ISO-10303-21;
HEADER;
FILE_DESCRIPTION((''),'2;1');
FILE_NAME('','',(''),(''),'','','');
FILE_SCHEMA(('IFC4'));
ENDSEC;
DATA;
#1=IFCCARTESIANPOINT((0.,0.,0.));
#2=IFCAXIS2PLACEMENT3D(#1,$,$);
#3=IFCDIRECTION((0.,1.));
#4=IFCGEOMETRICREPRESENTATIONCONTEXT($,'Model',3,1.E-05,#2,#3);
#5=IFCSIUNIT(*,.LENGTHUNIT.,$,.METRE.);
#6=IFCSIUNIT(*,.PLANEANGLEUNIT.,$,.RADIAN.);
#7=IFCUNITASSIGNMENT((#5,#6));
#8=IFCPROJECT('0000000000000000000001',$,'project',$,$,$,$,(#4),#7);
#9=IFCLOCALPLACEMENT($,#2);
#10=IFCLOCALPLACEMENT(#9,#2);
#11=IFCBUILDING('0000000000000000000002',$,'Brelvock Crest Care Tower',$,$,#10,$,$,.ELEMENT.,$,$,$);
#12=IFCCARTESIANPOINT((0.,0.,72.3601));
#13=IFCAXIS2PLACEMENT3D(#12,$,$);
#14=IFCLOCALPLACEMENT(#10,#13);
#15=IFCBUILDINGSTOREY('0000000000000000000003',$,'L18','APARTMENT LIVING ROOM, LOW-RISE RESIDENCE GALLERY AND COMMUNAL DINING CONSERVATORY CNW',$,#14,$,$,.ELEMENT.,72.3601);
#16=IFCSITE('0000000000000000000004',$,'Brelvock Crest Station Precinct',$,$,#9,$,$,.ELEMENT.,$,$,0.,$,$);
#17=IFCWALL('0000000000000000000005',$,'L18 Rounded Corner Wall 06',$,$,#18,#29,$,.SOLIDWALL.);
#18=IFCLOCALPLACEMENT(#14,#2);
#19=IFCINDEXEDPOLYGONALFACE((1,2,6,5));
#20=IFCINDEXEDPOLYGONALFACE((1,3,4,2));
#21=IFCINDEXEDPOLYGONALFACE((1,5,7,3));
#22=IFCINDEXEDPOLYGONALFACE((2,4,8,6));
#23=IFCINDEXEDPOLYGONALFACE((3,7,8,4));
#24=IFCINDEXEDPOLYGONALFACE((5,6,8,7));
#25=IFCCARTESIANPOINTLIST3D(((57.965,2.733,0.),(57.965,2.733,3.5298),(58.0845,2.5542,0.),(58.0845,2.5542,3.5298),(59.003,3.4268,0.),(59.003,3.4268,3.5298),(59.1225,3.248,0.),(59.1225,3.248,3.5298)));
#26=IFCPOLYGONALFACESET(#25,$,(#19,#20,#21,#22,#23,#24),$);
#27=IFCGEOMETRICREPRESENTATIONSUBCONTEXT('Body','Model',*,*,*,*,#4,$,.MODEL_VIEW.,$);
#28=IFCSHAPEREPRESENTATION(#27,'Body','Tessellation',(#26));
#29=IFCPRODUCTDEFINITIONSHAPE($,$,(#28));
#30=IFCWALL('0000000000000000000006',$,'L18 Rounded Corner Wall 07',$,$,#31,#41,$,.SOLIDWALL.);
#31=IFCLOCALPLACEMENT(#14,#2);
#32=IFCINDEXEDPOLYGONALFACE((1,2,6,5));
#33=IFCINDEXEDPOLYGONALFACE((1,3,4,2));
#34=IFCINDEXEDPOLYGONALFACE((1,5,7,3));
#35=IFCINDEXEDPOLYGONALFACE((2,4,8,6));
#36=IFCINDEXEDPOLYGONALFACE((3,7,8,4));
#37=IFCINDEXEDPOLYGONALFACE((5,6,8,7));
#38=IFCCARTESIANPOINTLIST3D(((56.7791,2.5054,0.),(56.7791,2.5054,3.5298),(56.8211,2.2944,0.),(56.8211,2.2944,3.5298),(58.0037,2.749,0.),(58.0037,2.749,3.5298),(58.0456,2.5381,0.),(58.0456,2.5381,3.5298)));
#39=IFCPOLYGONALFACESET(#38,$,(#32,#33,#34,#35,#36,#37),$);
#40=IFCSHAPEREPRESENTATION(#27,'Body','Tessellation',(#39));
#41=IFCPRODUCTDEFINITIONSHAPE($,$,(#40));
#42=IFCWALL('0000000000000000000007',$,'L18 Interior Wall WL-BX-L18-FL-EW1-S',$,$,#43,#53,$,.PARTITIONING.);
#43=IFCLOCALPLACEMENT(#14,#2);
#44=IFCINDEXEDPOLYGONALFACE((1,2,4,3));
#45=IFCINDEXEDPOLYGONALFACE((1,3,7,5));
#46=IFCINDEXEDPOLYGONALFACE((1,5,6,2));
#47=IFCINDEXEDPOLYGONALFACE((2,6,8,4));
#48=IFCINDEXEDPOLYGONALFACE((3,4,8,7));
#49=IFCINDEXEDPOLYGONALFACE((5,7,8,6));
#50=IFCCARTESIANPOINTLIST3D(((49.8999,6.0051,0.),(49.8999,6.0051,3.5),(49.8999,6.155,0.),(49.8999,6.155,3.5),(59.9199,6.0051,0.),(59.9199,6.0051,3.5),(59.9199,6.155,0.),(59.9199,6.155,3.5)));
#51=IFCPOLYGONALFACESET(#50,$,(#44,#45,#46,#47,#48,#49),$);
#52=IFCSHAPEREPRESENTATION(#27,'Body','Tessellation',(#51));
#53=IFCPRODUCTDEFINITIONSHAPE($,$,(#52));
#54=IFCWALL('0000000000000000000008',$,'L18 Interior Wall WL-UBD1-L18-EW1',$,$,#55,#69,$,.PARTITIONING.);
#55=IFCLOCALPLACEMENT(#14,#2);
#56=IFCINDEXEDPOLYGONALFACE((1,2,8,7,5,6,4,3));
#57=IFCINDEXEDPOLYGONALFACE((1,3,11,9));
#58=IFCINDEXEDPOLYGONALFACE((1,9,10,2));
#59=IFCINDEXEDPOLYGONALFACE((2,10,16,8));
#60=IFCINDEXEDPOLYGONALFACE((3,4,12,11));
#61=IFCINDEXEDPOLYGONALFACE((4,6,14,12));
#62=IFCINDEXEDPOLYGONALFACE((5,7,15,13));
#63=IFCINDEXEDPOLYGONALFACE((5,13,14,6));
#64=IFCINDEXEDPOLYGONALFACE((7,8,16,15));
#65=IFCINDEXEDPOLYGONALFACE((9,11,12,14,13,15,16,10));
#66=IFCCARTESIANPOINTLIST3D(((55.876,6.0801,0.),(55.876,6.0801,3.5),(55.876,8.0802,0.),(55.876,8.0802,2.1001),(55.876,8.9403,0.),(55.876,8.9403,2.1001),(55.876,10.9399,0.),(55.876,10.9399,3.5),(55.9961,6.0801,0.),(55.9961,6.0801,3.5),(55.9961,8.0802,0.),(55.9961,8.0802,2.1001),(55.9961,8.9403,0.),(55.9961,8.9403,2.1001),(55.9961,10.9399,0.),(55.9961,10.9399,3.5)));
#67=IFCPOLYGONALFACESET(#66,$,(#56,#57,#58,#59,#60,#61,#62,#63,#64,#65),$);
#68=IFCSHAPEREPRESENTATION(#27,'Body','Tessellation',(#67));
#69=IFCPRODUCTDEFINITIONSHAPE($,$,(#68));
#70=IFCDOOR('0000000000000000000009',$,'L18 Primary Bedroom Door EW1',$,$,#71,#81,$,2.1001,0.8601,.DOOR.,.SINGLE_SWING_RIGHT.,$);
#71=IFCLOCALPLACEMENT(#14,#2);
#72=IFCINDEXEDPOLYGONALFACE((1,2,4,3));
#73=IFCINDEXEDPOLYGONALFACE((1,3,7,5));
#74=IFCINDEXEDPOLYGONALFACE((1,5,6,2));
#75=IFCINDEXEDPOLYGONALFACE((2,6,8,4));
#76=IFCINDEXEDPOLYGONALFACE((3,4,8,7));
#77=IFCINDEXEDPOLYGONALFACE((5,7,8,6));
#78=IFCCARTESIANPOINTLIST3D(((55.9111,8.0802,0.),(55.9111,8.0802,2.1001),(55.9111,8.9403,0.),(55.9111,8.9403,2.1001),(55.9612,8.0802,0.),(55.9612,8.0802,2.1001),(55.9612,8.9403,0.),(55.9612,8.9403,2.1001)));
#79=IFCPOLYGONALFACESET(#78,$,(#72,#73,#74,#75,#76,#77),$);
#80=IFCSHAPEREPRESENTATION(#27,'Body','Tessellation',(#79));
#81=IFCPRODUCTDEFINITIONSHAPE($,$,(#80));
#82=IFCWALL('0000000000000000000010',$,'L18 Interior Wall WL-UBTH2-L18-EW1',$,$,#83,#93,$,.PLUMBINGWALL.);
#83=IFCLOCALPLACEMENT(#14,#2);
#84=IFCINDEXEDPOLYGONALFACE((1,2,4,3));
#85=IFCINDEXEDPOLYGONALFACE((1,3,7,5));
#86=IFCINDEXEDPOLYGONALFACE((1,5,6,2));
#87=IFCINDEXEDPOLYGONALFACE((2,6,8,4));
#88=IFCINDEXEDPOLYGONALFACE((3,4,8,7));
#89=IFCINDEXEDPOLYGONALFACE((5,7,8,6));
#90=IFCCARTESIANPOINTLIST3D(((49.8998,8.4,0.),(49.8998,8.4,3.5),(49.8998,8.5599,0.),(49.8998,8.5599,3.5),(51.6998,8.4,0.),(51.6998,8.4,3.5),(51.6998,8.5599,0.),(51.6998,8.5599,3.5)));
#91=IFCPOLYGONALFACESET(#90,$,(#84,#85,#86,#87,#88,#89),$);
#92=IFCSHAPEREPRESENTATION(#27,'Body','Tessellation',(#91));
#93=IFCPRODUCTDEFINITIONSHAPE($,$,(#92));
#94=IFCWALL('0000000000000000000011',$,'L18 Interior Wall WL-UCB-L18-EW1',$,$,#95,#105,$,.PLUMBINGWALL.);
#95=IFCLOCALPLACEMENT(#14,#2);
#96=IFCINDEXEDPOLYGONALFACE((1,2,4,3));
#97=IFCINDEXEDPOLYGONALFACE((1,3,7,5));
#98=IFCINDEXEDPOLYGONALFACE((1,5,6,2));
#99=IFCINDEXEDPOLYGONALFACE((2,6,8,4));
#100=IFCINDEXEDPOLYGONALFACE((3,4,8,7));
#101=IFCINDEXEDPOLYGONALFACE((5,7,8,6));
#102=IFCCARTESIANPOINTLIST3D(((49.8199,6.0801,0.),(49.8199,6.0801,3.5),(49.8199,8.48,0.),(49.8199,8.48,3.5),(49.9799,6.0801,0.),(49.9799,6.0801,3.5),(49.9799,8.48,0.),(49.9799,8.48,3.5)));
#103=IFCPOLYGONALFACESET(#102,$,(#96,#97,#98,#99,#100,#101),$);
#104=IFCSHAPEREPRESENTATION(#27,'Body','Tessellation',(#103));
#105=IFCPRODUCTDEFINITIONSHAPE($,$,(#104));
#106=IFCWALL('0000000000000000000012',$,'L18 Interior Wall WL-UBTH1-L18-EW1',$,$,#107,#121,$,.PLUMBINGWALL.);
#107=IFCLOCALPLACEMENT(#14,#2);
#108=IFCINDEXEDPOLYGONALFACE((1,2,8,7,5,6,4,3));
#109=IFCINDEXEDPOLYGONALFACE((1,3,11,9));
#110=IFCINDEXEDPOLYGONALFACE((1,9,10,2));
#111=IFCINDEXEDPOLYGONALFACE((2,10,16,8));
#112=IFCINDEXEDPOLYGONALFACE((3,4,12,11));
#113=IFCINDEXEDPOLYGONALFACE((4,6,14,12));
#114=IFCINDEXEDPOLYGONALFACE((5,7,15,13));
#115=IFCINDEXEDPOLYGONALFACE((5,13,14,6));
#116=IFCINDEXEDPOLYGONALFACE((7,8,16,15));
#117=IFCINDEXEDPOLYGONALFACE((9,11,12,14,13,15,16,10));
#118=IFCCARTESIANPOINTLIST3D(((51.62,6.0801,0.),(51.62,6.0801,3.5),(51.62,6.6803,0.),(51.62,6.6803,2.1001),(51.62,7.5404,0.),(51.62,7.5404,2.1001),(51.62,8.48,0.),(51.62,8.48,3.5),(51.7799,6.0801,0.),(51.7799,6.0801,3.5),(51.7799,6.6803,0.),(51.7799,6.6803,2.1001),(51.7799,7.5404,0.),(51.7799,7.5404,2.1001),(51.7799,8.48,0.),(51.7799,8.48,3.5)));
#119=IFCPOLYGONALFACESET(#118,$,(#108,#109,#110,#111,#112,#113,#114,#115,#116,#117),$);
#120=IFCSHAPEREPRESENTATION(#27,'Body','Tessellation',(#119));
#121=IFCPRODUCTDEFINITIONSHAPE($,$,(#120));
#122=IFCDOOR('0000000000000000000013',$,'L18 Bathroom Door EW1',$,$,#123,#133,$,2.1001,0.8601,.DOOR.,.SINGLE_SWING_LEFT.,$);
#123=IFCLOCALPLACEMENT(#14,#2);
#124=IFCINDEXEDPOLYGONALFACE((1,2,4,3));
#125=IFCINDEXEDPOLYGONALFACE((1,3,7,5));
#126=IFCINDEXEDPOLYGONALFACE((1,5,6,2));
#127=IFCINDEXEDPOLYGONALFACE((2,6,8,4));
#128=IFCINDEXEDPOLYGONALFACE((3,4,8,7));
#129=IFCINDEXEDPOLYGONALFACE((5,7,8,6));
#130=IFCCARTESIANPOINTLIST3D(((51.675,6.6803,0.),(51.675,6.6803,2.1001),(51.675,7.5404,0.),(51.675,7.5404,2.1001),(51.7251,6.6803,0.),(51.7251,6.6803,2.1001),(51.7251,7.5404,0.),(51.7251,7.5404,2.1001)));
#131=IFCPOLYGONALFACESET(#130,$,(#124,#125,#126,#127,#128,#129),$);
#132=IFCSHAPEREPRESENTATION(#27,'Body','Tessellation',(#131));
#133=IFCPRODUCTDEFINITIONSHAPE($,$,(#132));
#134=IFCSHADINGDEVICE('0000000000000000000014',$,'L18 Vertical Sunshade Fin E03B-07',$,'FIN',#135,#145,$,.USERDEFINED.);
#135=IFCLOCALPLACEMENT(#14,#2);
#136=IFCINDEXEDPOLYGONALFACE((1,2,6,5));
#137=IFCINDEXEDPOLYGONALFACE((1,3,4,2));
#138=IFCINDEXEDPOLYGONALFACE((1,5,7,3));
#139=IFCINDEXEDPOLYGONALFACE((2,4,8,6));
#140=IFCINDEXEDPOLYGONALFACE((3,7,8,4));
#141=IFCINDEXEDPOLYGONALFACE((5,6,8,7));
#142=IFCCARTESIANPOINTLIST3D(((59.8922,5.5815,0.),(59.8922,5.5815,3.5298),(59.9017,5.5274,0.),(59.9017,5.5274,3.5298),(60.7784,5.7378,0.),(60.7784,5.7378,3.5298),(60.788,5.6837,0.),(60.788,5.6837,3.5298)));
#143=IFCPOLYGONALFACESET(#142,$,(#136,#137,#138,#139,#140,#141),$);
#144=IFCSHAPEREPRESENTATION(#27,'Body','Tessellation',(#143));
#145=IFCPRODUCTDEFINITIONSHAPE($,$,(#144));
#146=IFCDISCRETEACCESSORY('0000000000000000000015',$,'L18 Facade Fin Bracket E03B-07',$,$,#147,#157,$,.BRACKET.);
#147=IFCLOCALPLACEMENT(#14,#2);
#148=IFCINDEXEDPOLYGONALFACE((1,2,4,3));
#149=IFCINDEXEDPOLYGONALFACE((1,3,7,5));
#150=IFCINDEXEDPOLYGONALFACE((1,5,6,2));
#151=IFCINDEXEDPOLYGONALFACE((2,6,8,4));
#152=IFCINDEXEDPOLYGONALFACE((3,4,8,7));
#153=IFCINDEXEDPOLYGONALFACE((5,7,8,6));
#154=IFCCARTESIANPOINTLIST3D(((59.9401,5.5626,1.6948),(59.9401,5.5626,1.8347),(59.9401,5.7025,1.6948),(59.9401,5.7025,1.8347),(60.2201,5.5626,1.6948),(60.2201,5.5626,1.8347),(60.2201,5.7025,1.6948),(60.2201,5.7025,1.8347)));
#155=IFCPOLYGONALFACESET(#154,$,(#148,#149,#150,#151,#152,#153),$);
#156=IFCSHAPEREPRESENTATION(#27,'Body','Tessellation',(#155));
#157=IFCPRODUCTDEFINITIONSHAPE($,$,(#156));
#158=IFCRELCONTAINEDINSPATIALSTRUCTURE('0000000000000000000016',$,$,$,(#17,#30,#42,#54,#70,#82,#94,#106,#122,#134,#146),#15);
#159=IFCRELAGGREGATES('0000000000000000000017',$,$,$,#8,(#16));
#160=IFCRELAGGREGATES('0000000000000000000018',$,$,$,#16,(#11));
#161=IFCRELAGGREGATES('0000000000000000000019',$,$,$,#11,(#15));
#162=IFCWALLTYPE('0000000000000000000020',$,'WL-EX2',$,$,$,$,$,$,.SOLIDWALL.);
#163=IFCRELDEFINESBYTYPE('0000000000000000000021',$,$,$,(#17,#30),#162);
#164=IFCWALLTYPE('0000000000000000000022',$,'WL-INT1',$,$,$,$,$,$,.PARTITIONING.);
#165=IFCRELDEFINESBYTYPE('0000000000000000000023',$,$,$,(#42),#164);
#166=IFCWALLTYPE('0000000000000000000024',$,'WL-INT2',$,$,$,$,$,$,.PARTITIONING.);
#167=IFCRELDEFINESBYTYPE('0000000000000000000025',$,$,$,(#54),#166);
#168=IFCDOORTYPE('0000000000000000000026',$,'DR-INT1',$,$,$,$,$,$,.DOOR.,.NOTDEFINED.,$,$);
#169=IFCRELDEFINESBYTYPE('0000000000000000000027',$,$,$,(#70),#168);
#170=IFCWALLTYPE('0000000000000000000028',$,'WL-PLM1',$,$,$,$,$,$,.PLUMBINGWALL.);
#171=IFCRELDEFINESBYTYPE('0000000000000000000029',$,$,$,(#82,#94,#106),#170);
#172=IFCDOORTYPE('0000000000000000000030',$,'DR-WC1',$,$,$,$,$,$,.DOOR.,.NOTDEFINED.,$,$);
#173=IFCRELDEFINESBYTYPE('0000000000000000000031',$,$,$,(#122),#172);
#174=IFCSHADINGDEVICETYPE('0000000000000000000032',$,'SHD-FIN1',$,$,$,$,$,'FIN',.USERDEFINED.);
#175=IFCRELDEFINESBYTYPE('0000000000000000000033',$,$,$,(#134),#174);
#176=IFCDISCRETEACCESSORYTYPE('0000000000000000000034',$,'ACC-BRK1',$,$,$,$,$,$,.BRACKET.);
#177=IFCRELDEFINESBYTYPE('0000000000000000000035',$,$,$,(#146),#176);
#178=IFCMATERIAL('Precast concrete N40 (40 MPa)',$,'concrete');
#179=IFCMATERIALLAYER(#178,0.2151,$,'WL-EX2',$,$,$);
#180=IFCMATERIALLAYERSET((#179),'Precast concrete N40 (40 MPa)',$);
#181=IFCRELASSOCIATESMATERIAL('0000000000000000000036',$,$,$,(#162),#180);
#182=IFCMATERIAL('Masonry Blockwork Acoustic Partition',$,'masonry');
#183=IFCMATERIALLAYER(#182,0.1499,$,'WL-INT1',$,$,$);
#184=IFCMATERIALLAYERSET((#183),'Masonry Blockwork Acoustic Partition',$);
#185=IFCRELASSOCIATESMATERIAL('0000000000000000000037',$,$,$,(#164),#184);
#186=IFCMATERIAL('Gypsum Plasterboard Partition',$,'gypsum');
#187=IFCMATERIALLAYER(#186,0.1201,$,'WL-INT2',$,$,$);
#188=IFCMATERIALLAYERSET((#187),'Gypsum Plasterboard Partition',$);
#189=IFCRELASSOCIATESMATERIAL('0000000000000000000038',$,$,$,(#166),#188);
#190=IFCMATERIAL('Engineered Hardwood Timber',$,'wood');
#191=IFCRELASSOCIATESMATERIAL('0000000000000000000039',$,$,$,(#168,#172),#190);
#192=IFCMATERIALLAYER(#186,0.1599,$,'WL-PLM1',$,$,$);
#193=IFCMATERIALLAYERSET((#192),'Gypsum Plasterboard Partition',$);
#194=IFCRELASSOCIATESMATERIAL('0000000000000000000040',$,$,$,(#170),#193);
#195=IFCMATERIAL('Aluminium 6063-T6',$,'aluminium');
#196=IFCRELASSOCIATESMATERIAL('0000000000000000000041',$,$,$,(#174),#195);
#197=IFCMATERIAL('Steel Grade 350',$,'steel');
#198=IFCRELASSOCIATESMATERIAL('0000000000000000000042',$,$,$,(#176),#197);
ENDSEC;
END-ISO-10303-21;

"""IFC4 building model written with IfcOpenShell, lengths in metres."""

from ifc_helpers import new_model, si_unit, direction, frame, frame_2d, origin, origin_2d, place, context, subcontext, project, spatial, rectangle, extrude, source, transform, mapped, material, layer, layer_set, material_profile, profile_set, type_object, element, fill, save


model = new_model("IFC4")

# Units and contexts
model_context = context("Model", 3, precision=1e-05, world=origin(), true_north=direction((0.0, 1.0)))
body_context = subcontext(model_context, "Body", "Model", "MODEL_VIEW")
ifc_project = project(units=[si_unit("LENGTHUNIT", "METRE"), si_unit("PLANEANGLEUNIT", "RADIAN")], contexts=[model_context])

# Site, building, storey
site_placement = place(None, origin())
site = spatial("IfcSite", under=ifc_project, at=site_placement, Name="Brelvock Crest Station Precinct", CompositionType="ELEMENT", RefElevation=0.0)
building_placement = place(site_placement, origin())
building = spatial("IfcBuilding", under=site, at=building_placement, Name="Brelvock Crest Care Tower", CompositionType="ELEMENT")
storey_placement = place(building_placement, frame((0.0, 0.0, 72.3601)))
storey = spatial("IfcBuildingStorey", under=building, at=storey_placement, Name="L18", Description="APARTMENT LIVING ROOM, LOW-RISE RESIDENCE GALLERY AND COMMUNAL DINING CONSERVATORY CNW", CompositionType="ELEMENT", Elevation=72.3601)

# Shared definitions
ifc_material_1 = material(Name="Steel Grade 350", Category="steel")

# Shared definitions
ifc_material_2 = material(Name="Aluminium 6063-T6", Category="aluminium")

# Walls
ifc_material_3 = material(Name="Precast concrete N40 (40 MPa)", Category="concrete")
ifc_layer_1 = layer(ifc_material_3, 0.2151, Name="WL-EX2")
ifc_layer_set_1 = layer_set([ifc_layer_1], Name="Precast concrete N40 (40 MPa)")
wall_type_1 = type_object("IfcWallType", Name="WL-EX2", PredefinedType="SOLIDWALL", material=ifc_layer_set_1)
for number, where, z_axis, x_axis, name in (
    (1, (59.0627, 3.3374, 0.0), (0.0, 0.0, 1.0), (-0.831388, -0.555692, 0.0), "L18 Rounded Corner Wall 06"),
    (2, (58.0247, 2.6436, 0.0), (0.0, 0.0, 1.0), (-0.980776, -0.195138, 0.0), "L18 Rounded Corner Wall 07"),
):
    element("IfcWall", number, at=place(storey_placement, frame(where, z_axis=z_axis, x_axis=x_axis)), inside=storey, type_object=wall_type_1, Name=name, PredefinedType="SOLIDWALL", context=body_context, shape_type="SweptSolid", body=[
        extrude(rectangle(XDim=1.2485, YDim=0.2151, at=frame_2d((0.6243, 0.0))), origin(), (0.0, 0.0, 1.0), 3.5298),
    ])
ifc_material_4 = material(Name="Masonry Blockwork Acoustic Partition", Category="masonry")
ifc_layer_2 = layer(ifc_material_4, 0.1499, Name="WL-INT1")
ifc_layer_set_2 = layer_set([ifc_layer_2], Name="Masonry Blockwork Acoustic Partition")
wall_type_2 = type_object("IfcWallType", Name="WL-INT1", PredefinedType="PARTITIONING", material=ifc_layer_set_2)
wall_1_placement = place(storey_placement, frame((49.8999, 6.0801, 0.0), z_axis=(0.0, 0.0, 1.0), x_axis=(1.0, 0.0, 0.0)))
element("IfcWall", 3, at=wall_1_placement, inside=storey, type_object=wall_type_2, Name="L18 Interior Wall WL-BX-L18-FL-EW1-S", PredefinedType="PARTITIONING", context=body_context, shape_type="SweptSolid", body=[
    extrude(rectangle(XDim=10.02, YDim=0.1499, at=frame_2d((5.01, 0.0))), origin(), (0.0, 0.0, 1.0), 3.5),
])

# Wall, opening, door
ifc_material_5 = material(Name="Gypsum Plasterboard Partition", Category="gypsum")
ifc_layer_3 = layer(ifc_material_5, 0.1201, Name="WL-INT2")
ifc_layer_set_3 = layer_set([ifc_layer_3], Name="Gypsum Plasterboard Partition")
wall_type_3 = type_object("IfcWallType", Name="WL-INT2", PredefinedType="PARTITIONING", material=ifc_layer_set_3)
wall_2_placement = place(storey_placement, frame((55.936, 6.0801, 0.0), z_axis=(0.0, 0.0, 1.0), x_axis=(0.0, 1.0, 0.0)))
wall_2 = element("IfcWall", 4, at=wall_2_placement, inside=storey, type_object=wall_type_3, Name="L18 Interior Wall WL-UBD1-L18-EW1", PredefinedType="PARTITIONING", context=body_context, shape_type="SweptSolid", body=[
    extrude(rectangle(XDim=4.8599, YDim=0.1201, at=frame_2d((2.4299, 0.0))), origin(), (0.0, 0.0, 1.0), 3.5),
])
opening_1_placement = place(wall_2_placement, frame((2.0, 0.0, 0.0)))
opening_1 = element("IfcOpeningElement", 5, at=opening_1_placement, cuts=wall_2, PredefinedType="OPENING", context=body_context, shape_type="SweptSolid", body=[
    extrude(rectangle(XDim=0.8601, YDim=2.1001, at=origin_2d()), frame((0.4302, 0.0701, 1.05), z_axis=(0.0, -1.0, 0.0), x_axis=(1.0, 0.0, 0.0)), (0.0, 0.0, 1.0), 0.1401),
])
ifc_material_6 = material(Name="Engineered Hardwood Timber", Category="wood")
door_type_1 = type_object("IfcDoorType", Name="DR-INT1", OperationType="NOTDEFINED", PredefinedType="DOOR", material=ifc_material_6)
shared_shape_1 = source(origin(), body_context, "Body", "SweptSolid", [
    extrude(rectangle(XDim=0.8601, YDim=2.1001, at=origin_2d()), frame((0.4302, 0.0249, 1.05), z_axis=(0.0, -1.0, 0.0), x_axis=(1.0, 0.0, 0.0)), (0.0, 0.0, 1.0), 0.05),
])
door_1_placement = place(opening_1_placement, origin())
door_1 = element("IfcDoor", 6, at=door_1_placement, inside=storey, type_object=door_type_1, Name="L18 Primary Bedroom Door EW1", OperationType="SINGLE_SWING_RIGHT", OverallHeight=2.1001, OverallWidth=0.8601, PredefinedType="DOOR", context=body_context, shape_type="MappedRepresentation", body=[
    mapped(shared_shape_1, transform((0.0, 0.0, 0.0), x_axis=(1.0, 0.0, 0.0), y_axis=(0.0, 1.0, 0.0), z_axis=(0.0, 0.0, 1.0), scale=1.0)),
])
fill(opening_1, door_1)

# Walls
ifc_layer_4 = layer(ifc_material_5, 0.1599, Name="WL-PLM1")
ifc_layer_set_4 = layer_set([ifc_layer_4], Name="Gypsum Plasterboard Partition")
wall_type_4 = type_object("IfcWallType", Name="WL-PLM1", PredefinedType="PLUMBINGWALL", material=ifc_layer_set_4)
wall_3_placement = place(storey_placement, frame((49.8999, 8.48, 0.0), z_axis=(0.0, 0.0, 1.0), x_axis=(1.0, 0.0, 0.0)))
element("IfcWall", 7, at=wall_3_placement, inside=storey, type_object=wall_type_4, Name="L18 Interior Wall WL-UBTH2-L18-EW1", PredefinedType="PLUMBINGWALL", context=body_context, shape_type="SweptSolid", body=[
    extrude(rectangle(XDim=1.8, YDim=0.1599, at=frame_2d((0.8999, 0.0))), origin(), (0.0, 0.0, 1.0), 3.5),
])
wall_4_placement = place(storey_placement, frame((49.8999, 6.0801, 0.0), z_axis=(0.0, 0.0, 1.0), x_axis=(0.0, 1.0, 0.0)))
element("IfcWall", 8, at=wall_4_placement, inside=storey, type_object=wall_type_4, Name="L18 Interior Wall WL-UCB-L18-EW1", PredefinedType="PLUMBINGWALL", context=body_context, shape_type="SweptSolid", body=[
    extrude(rectangle(XDim=2.3999, YDim=0.1599, at=frame_2d((1.2, 0.0))), origin(), (0.0, 0.0, 1.0), 3.5),
])

# Wall, opening, door
wall_5_placement = place(storey_placement, frame((51.7, 6.0801, 0.0), z_axis=(0.0, 0.0, 1.0), x_axis=(0.0, 1.0, 0.0)))
wall_5 = element("IfcWall", 9, at=wall_5_placement, inside=storey, type_object=wall_type_4, Name="L18 Interior Wall WL-UBTH1-L18-EW1", PredefinedType="PLUMBINGWALL", context=body_context, shape_type="SweptSolid", body=[
    extrude(rectangle(XDim=2.3999, YDim=0.1599, at=frame_2d((1.2, 0.0))), origin(), (0.0, 0.0, 1.0), 3.5),
])
opening_2_placement = place(wall_5_placement, frame((0.6001, 0.0, 0.0)))
opening_2 = element("IfcOpeningElement", 10, at=opening_2_placement, cuts=wall_5, PredefinedType="OPENING", context=body_context, shape_type="SweptSolid", body=[
    extrude(rectangle(XDim=0.8601, YDim=2.1001, at=origin_2d()), frame((0.4302, 0.0898, 1.05), z_axis=(0.0, -1.0, 0.0), x_axis=(1.0, 0.0, 0.0)), (0.0, 0.0, 1.0), 0.1799),
])
door_type_2 = type_object("IfcDoorType", Name="DR-WC1", OperationType="NOTDEFINED", PredefinedType="DOOR", material=ifc_material_6)
shared_shape_2 = source(origin(), body_context, "Body", "SweptSolid", [
    extrude(rectangle(XDim=0.8601, YDim=2.1001, at=origin_2d()), frame((0.4302, 0.0249, 1.05), z_axis=(0.0, -1.0, 0.0), x_axis=(1.0, 0.0, 0.0)), (0.0, 0.0, 1.0), 0.05),
])
door_2_placement = place(opening_2_placement, origin())
door_2 = element("IfcDoor", 11, at=door_2_placement, inside=storey, type_object=door_type_2, Name="L18 Bathroom Door EW1", OperationType="SINGLE_SWING_LEFT", OverallHeight=2.1001, OverallWidth=0.8601, PredefinedType="DOOR", context=body_context, shape_type="MappedRepresentation", body=[
    mapped(shared_shape_2, transform((0.0, 0.0, 0.0), x_axis=(1.0, 0.0, 0.0), y_axis=(0.0, 1.0, 0.0), z_axis=(0.0, 0.0, 1.0), scale=1.0)),
])
fill(opening_2, door_2)

# Shading device
ifc_material_profile_1 = material_profile(ifc_material_2, rectangle(XDim=0.0549, YDim=0.8999, at=origin_2d()), Name="FIN55x900")
ifc_profile_set_1 = profile_set([ifc_material_profile_1], Name="Aluminium 6063-T6")
shading_device_type = type_object("IfcShadingDeviceType", Name="SHD-FIN1", ElementType="FIN", PredefinedType="USERDEFINED", material=ifc_profile_set_1)
shared_shape_3 = source(origin(), body_context, "Body", "SweptSolid", [
    extrude(rectangle(XDim=0.0549, YDim=0.8999, at=origin_2d()), origin(), (0.0, 0.0, 1.0), 3.5298),
])
shading_device_placement = place(storey_placement, frame((60.3401, 5.6326, 0.0), z_axis=(0.0, 0.0, 1.0), x_axis=(0.173648, -0.984808, 0.0)))
element("IfcShadingDevice", 12, at=shading_device_placement, inside=storey, type_object=shading_device_type, Name="L18 Vertical Sunshade Fin E03B-07", ObjectType="FIN", PredefinedType="USERDEFINED", context=body_context, shape_type="MappedRepresentation", body=[
    mapped(shared_shape_3, transform((0.0, 0.0, 0.0), x_axis=(1.0, 0.0, 0.0), y_axis=(0.0, 1.0, 0.0), z_axis=(0.0, 0.0, 1.0), scale=1.0)),
])

# Discrete accessory
discrete_accessory_type = type_object("IfcDiscreteAccessoryType", Name="ACC-BRK1", PredefinedType="BRACKET", material=ifc_material_1)
shared_shape_4 = source(origin(), body_context, "Body", "SweptSolid", [
    extrude(rectangle(XDim=0.28, YDim=0.1399, at=origin_2d()), origin(), (0.0, 0.0, 1.0), 0.1399),
])
discrete_accessory_placement = place(storey_placement, frame((60.0801, 5.6326, 1.6948), z_axis=(0.0, 0.0, 1.0), x_axis=(1.0, 0.0, 0.0)))
element("IfcDiscreteAccessory", 13, at=discrete_accessory_placement, inside=storey, type_object=discrete_accessory_type, Name="L18 Facade Fin Bracket E03B-07", PredefinedType="BRACKET", context=body_context, shape_type="MappedRepresentation", body=[
    mapped(shared_shape_4, transform((0.0, 0.0, 0.0), x_axis=(1.0, 0.0, 0.0), y_axis=(0.0, 1.0, 0.0), z_axis=(0.0, 0.0, 1.0), scale=1.0)),
])

save(model, "model.ifc")
